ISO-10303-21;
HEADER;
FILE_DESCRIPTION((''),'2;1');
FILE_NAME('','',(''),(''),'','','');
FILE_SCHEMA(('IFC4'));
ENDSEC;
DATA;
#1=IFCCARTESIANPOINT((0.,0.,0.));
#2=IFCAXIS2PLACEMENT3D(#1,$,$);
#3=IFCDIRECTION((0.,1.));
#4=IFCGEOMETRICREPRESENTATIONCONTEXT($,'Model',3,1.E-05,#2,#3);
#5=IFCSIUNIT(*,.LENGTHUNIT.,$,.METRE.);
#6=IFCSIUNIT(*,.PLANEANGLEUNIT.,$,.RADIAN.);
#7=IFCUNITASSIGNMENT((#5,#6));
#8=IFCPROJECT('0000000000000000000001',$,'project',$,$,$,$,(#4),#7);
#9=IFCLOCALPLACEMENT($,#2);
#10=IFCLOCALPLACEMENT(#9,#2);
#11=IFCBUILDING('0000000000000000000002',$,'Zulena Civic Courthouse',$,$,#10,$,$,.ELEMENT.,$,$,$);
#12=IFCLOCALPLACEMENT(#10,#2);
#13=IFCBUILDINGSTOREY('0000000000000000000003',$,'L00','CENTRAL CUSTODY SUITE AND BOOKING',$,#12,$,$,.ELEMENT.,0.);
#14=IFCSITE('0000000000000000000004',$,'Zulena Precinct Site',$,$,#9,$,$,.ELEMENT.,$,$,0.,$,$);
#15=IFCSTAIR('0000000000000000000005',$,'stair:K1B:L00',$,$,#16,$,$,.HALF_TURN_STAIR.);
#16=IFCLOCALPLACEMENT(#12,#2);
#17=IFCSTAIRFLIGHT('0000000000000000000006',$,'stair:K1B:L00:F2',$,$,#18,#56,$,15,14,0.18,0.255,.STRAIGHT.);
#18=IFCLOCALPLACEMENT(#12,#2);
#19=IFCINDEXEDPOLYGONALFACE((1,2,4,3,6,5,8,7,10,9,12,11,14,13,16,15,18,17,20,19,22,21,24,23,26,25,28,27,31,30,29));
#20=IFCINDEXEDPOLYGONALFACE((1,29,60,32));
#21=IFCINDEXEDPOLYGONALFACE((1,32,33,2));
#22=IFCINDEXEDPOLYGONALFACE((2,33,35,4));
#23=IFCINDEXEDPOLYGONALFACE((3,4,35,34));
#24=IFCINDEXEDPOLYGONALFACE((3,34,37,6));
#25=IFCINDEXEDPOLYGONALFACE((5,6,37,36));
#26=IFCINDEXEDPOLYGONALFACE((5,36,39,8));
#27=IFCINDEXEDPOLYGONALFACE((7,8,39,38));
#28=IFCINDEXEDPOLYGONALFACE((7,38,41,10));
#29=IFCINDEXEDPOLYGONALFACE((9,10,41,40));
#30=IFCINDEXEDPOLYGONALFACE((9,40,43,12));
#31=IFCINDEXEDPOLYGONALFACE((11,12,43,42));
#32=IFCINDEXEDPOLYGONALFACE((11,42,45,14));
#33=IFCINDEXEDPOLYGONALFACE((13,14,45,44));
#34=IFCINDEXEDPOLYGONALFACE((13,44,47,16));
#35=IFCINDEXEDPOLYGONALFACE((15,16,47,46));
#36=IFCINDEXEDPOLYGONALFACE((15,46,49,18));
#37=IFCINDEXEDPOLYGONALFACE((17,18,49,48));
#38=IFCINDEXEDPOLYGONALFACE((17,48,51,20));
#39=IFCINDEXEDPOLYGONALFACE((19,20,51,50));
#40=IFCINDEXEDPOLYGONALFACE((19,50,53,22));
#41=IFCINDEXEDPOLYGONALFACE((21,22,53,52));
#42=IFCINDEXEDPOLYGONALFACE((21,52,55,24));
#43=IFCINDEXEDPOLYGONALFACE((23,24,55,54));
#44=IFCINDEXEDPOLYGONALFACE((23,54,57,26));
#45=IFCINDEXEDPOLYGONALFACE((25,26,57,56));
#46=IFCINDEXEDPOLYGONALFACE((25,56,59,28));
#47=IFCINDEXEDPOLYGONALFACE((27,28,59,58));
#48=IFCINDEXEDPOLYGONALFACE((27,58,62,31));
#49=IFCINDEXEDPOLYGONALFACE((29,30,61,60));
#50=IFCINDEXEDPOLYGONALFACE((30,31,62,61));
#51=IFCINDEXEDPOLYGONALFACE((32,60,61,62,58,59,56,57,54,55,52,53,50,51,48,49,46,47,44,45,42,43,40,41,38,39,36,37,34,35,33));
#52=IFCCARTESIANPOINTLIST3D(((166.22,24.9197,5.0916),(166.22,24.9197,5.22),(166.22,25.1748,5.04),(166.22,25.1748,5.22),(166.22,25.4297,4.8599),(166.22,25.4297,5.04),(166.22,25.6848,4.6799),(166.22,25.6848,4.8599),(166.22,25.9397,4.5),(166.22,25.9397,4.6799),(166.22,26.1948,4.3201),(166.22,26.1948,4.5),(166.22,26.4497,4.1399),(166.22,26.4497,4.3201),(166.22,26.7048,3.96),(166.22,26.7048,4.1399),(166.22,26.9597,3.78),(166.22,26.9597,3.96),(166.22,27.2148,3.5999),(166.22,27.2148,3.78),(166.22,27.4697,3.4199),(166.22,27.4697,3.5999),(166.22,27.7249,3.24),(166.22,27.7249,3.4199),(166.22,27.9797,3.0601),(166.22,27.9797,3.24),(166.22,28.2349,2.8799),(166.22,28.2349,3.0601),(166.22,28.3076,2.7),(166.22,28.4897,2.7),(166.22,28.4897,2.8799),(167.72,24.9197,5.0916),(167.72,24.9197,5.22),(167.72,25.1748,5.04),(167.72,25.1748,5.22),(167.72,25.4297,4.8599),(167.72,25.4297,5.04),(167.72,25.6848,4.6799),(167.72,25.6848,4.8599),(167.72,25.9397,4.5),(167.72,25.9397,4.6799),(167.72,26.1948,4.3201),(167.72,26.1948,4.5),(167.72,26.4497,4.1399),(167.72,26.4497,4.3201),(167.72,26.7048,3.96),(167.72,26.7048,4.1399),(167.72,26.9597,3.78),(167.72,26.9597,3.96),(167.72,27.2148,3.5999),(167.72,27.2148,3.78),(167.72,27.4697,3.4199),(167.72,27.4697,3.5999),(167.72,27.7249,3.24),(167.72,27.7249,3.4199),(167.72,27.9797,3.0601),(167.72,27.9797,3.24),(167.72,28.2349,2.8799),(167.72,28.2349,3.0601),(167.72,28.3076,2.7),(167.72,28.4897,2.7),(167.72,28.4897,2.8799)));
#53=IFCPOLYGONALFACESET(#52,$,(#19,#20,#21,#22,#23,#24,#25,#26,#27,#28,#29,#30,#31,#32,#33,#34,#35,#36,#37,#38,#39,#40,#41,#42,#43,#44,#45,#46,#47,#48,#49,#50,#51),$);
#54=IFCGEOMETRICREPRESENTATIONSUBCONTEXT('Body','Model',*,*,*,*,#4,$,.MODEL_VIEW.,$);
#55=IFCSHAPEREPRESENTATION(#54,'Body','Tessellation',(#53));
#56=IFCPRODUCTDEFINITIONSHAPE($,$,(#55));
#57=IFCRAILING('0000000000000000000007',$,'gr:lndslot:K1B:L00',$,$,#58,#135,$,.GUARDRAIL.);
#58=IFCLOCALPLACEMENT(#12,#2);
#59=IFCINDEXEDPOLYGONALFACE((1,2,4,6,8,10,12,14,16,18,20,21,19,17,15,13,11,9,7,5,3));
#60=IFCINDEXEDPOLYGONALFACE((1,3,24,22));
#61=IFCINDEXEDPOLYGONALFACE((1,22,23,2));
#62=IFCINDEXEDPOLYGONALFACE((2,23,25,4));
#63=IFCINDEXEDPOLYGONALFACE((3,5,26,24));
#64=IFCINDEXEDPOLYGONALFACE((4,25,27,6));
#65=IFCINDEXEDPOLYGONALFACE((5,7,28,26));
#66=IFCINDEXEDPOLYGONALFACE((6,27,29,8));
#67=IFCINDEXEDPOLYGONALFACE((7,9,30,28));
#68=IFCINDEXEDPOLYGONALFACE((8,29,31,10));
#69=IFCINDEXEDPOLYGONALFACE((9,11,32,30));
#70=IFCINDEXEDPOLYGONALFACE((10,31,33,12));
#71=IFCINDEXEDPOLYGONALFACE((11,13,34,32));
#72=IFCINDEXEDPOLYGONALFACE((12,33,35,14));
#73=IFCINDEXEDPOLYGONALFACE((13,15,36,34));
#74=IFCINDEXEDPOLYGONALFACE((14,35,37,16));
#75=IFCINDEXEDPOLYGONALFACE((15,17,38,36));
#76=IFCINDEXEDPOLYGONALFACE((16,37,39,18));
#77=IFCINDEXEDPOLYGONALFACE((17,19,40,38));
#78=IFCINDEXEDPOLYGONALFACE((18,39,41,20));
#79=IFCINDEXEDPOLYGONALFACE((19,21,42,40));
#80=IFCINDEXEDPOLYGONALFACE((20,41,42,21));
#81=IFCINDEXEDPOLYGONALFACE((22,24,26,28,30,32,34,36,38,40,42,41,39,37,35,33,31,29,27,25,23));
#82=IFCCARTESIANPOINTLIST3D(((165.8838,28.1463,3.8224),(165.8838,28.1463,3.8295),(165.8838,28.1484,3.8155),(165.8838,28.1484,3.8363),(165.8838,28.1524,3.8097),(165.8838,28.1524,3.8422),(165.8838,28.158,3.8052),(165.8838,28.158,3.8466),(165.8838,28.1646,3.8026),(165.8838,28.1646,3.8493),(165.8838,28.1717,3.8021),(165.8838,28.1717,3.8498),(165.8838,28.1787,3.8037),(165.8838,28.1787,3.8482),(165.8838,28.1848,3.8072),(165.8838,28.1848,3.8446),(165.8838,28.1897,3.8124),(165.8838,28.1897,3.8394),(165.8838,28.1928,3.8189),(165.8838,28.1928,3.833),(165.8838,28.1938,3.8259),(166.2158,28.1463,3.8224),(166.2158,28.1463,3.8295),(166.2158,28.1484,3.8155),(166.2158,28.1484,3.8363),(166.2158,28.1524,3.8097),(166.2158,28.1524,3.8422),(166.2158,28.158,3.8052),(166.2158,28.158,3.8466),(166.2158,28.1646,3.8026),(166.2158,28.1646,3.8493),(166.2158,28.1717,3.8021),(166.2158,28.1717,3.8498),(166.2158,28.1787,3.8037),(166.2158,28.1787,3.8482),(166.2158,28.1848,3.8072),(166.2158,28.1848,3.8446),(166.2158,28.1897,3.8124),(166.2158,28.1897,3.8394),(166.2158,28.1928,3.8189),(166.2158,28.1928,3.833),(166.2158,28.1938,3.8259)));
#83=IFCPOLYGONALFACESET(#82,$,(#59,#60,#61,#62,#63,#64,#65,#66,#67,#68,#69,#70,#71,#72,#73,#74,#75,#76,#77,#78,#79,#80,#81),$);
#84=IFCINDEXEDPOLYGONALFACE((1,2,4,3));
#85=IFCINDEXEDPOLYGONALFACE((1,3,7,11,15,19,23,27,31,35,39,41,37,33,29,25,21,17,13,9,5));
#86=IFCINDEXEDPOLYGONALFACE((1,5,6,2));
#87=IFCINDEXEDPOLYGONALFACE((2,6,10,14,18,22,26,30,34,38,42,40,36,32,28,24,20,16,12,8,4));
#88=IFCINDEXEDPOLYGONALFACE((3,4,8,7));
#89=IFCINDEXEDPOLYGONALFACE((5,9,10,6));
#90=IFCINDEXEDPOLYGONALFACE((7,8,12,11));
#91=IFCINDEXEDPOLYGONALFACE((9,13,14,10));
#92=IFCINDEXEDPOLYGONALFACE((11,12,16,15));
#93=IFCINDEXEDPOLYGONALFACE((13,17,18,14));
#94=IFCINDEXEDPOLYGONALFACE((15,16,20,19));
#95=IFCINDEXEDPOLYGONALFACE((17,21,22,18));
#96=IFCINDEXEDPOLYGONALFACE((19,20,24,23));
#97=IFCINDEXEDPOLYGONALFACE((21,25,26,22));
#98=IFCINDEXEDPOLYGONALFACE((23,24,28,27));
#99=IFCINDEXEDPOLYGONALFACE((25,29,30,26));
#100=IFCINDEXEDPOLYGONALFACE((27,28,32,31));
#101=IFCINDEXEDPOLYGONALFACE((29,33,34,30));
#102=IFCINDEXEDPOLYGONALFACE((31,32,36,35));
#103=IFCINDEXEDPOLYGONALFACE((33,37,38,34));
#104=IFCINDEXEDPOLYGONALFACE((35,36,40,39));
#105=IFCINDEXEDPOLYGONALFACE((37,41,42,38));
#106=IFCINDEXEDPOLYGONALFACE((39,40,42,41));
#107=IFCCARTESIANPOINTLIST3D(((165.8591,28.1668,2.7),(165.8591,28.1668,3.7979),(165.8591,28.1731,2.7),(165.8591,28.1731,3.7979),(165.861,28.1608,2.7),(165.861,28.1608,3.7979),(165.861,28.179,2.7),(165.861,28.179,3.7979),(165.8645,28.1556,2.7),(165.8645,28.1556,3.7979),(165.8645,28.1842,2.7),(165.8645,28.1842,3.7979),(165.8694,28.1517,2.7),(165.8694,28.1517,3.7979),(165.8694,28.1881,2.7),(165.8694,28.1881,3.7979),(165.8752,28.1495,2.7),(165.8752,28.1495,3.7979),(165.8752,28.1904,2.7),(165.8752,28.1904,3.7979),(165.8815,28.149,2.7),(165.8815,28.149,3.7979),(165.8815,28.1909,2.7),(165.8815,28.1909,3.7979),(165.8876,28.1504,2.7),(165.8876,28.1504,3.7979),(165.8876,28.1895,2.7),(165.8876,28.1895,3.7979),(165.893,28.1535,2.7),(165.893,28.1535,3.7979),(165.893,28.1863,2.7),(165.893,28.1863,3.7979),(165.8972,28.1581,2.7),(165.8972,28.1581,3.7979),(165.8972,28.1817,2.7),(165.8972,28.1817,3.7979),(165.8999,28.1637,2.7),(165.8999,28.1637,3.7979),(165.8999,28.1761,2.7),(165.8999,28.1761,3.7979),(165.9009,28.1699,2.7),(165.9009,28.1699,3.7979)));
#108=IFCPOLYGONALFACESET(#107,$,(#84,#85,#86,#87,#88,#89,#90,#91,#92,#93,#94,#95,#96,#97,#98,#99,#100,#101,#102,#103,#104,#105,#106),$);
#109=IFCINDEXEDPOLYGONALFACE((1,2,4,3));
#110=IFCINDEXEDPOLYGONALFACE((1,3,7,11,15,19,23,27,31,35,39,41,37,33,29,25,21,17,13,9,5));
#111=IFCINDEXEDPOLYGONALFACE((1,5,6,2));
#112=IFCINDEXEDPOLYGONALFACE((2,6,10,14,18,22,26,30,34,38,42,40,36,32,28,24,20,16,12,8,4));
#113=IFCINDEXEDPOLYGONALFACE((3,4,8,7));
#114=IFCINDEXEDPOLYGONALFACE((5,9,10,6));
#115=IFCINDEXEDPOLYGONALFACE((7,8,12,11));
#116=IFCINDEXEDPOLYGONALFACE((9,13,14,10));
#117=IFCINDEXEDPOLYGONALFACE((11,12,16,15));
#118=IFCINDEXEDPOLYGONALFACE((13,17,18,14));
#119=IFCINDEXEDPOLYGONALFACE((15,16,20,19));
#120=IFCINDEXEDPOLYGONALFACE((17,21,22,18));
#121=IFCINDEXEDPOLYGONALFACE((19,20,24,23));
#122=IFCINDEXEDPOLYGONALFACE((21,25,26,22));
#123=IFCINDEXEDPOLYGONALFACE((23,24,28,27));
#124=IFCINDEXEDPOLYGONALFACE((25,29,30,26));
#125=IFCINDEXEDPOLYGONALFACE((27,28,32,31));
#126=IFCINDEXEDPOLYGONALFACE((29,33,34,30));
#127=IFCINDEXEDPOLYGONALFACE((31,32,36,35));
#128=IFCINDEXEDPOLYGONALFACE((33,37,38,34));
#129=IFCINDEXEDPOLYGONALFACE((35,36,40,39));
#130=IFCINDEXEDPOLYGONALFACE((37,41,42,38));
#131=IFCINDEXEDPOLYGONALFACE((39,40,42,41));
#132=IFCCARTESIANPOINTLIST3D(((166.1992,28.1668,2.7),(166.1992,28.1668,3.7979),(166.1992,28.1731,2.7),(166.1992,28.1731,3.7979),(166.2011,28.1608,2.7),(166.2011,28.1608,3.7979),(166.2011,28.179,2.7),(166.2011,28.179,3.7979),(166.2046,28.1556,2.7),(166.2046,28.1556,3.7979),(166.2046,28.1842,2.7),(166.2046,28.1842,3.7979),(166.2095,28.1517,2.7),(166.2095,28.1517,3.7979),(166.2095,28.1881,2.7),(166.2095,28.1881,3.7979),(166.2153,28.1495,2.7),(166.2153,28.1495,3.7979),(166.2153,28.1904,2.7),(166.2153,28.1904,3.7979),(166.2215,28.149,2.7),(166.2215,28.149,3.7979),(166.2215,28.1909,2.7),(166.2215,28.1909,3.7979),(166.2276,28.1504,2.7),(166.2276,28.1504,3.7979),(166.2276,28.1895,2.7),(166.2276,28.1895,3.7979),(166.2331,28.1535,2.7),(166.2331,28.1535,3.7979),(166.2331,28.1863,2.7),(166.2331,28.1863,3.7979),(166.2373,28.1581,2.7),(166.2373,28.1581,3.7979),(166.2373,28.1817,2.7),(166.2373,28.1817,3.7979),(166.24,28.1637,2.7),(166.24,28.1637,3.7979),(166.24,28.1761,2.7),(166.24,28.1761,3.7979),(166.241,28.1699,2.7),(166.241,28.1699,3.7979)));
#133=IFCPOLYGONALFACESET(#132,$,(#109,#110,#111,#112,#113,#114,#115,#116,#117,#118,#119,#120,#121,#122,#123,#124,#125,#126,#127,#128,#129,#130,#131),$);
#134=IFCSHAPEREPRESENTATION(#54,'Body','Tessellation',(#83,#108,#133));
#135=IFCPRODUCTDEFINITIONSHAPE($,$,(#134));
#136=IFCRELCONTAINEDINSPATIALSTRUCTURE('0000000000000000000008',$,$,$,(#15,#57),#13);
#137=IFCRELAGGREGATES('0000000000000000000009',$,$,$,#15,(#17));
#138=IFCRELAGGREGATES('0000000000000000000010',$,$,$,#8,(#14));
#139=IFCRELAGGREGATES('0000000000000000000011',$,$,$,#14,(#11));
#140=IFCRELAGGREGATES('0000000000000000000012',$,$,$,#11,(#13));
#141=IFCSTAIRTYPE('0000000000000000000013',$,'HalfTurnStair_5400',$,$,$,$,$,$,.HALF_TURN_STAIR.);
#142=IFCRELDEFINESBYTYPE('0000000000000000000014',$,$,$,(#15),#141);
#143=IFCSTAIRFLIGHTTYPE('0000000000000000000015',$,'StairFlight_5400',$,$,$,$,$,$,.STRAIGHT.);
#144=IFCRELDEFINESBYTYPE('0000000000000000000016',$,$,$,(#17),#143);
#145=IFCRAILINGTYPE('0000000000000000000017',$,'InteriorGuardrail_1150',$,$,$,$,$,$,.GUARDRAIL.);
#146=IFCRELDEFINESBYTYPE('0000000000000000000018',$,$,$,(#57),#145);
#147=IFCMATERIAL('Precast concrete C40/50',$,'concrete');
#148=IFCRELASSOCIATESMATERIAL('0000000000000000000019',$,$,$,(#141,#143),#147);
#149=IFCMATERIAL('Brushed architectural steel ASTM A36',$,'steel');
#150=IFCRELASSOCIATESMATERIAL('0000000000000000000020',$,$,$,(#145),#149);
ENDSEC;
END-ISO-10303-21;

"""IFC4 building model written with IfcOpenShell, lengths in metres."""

from ifc_helpers import new_model, si_unit, direction, frame, origin, origin_2d, place, context, subcontext, project, spatial, polyline, circle, outline, extrude, material, type_object, element, aggregate, save


model = new_model("IFC4")

# Units and contexts
model_context = context("Model", 3, precision=1e-05, world=origin(), true_north=direction((0.0, 1.0)))
body_context = subcontext(model_context, "Body", "Model", "MODEL_VIEW")
ifc_project = project(units=[si_unit("LENGTHUNIT", "METRE"), si_unit("PLANEANGLEUNIT", "RADIAN")], contexts=[model_context])

# Site, building, storey
site_placement = place(None, origin())
site = spatial("IfcSite", under=ifc_project, at=site_placement, Name="Zulena Precinct Site", CompositionType="ELEMENT", RefElevation=0.0)
building_placement = place(site_placement, origin())
building = spatial("IfcBuilding", under=site, at=building_placement, Name="Zulena Civic Courthouse", CompositionType="ELEMENT")
storey_placement = place(building_placement, origin())
storey = spatial("IfcBuildingStorey", under=building, at=storey_placement, Name="L00", Description="CENTRAL CUSTODY SUITE AND BOOKING", CompositionType="ELEMENT", Elevation=0.0)

# Stair, stair flight
ifc_material_1 = material(Name="Precast concrete C40/50", Category="concrete")
stair_type = type_object("IfcStairType", Name="HalfTurnStair_5400", PredefinedType="HALF_TURN_STAIR", material=ifc_material_1)
stair_placement = place(storey_placement, origin())
stair = element("IfcStair", 1, at=stair_placement, inside=storey, type_object=stair_type, Name="stair:K1B:L00", PredefinedType="HALF_TURN_STAIR")
stair_flight_type = type_object("IfcStairFlightType", Name="StairFlight_5400", PredefinedType="STRAIGHT", material=ifc_material_1)
stair_flight_1_placement = place(storey_placement, frame((166.97, 28.4897, 2.7), z_axis=(0.0, 0.0, 1.0), x_axis=(0.0, -1.0, 0.0)))
stair_flight_1 = element("IfcStairFlight", 2, at=stair_flight_1_placement, type_object=stair_flight_type, Name="stair:K1B:L00:F2", NumberOfRisers=15, NumberOfTreads=14, PredefinedType="STRAIGHT", RiserHeight=0.18, TreadLength=0.255, context=body_context, shape_type="SweptSolid", body=[
    extrude(outline(polyline([(0.0, 0.0), (0.0, 0.1799), (0.2549, 0.1799), (0.2549, 0.3601), (0.51, 0.3601), (0.51, 0.54), (0.7649, 0.54), (0.7649, 0.72), (1.02, 0.72), (1.02, 0.8999), (1.2749, 0.8999), (1.2749, 1.0801), (1.53, 1.0801), (1.53, 1.26), (1.7849, 1.26), (1.7849, 1.4399), (2.04, 1.4399), (2.04, 1.6201), (2.2949, 1.6201), (2.2949, 1.8), (2.55, 1.8), (2.55, 1.98), (2.8049, 1.98), (2.8049, 2.1599), (3.0601, 2.1599), (3.0601, 2.3401), (3.3149, 2.3401), (3.3149, 2.52), (3.5701, 2.52), (3.5701, 2.7), (3.5701, 2.3916), (0.1821, 0.0), (0.0, 0.0)])), frame((0.0, 0.75, 0.0), z_axis=(0.0, -1.0, 0.0), x_axis=(1.0, 0.0, 0.0)), (0.0, 0.0, 1.0), 1.5),
])
aggregate(stair, [stair_flight_1])

# Railing
ifc_material_2 = material(Name="Brushed architectural steel ASTM A36", Category="steel")
railing_type_1 = type_object("IfcRailingType", Name="InteriorGuardrail_1150", PredefinedType="GUARDRAIL", material=ifc_material_2)
railing_1_placement = place(storey_placement, frame((165.8799, 28.1699, 2.7)))
element("IfcRailing", 3, at=railing_1_placement, inside=storey, type_object=railing_type_1, Name="gr:lndslot:K1B:L00", PredefinedType="GUARDRAIL", context=body_context, shape_type="SweptSolid", body=[
    extrude(circle(Radius=0.0239, at=origin_2d()), frame((0.0039, 0.0, 1.126), z_axis=(1.0, 0.0, 0.0), x_axis=(0.0, 1.0, 0.0)), (0.0, 0.0, 1.0), 0.332),
    extrude(circle(Radius=0.021, at=origin_2d()), origin(), (0.0, 0.0, 1.0), 1.0979),
    extrude(circle(Radius=0.021, at=origin_2d()), frame((0.3401, 0.0, 0.0)), (0.0, 0.0, 1.0), 1.0979),
])

save(model, "model.ifc")
